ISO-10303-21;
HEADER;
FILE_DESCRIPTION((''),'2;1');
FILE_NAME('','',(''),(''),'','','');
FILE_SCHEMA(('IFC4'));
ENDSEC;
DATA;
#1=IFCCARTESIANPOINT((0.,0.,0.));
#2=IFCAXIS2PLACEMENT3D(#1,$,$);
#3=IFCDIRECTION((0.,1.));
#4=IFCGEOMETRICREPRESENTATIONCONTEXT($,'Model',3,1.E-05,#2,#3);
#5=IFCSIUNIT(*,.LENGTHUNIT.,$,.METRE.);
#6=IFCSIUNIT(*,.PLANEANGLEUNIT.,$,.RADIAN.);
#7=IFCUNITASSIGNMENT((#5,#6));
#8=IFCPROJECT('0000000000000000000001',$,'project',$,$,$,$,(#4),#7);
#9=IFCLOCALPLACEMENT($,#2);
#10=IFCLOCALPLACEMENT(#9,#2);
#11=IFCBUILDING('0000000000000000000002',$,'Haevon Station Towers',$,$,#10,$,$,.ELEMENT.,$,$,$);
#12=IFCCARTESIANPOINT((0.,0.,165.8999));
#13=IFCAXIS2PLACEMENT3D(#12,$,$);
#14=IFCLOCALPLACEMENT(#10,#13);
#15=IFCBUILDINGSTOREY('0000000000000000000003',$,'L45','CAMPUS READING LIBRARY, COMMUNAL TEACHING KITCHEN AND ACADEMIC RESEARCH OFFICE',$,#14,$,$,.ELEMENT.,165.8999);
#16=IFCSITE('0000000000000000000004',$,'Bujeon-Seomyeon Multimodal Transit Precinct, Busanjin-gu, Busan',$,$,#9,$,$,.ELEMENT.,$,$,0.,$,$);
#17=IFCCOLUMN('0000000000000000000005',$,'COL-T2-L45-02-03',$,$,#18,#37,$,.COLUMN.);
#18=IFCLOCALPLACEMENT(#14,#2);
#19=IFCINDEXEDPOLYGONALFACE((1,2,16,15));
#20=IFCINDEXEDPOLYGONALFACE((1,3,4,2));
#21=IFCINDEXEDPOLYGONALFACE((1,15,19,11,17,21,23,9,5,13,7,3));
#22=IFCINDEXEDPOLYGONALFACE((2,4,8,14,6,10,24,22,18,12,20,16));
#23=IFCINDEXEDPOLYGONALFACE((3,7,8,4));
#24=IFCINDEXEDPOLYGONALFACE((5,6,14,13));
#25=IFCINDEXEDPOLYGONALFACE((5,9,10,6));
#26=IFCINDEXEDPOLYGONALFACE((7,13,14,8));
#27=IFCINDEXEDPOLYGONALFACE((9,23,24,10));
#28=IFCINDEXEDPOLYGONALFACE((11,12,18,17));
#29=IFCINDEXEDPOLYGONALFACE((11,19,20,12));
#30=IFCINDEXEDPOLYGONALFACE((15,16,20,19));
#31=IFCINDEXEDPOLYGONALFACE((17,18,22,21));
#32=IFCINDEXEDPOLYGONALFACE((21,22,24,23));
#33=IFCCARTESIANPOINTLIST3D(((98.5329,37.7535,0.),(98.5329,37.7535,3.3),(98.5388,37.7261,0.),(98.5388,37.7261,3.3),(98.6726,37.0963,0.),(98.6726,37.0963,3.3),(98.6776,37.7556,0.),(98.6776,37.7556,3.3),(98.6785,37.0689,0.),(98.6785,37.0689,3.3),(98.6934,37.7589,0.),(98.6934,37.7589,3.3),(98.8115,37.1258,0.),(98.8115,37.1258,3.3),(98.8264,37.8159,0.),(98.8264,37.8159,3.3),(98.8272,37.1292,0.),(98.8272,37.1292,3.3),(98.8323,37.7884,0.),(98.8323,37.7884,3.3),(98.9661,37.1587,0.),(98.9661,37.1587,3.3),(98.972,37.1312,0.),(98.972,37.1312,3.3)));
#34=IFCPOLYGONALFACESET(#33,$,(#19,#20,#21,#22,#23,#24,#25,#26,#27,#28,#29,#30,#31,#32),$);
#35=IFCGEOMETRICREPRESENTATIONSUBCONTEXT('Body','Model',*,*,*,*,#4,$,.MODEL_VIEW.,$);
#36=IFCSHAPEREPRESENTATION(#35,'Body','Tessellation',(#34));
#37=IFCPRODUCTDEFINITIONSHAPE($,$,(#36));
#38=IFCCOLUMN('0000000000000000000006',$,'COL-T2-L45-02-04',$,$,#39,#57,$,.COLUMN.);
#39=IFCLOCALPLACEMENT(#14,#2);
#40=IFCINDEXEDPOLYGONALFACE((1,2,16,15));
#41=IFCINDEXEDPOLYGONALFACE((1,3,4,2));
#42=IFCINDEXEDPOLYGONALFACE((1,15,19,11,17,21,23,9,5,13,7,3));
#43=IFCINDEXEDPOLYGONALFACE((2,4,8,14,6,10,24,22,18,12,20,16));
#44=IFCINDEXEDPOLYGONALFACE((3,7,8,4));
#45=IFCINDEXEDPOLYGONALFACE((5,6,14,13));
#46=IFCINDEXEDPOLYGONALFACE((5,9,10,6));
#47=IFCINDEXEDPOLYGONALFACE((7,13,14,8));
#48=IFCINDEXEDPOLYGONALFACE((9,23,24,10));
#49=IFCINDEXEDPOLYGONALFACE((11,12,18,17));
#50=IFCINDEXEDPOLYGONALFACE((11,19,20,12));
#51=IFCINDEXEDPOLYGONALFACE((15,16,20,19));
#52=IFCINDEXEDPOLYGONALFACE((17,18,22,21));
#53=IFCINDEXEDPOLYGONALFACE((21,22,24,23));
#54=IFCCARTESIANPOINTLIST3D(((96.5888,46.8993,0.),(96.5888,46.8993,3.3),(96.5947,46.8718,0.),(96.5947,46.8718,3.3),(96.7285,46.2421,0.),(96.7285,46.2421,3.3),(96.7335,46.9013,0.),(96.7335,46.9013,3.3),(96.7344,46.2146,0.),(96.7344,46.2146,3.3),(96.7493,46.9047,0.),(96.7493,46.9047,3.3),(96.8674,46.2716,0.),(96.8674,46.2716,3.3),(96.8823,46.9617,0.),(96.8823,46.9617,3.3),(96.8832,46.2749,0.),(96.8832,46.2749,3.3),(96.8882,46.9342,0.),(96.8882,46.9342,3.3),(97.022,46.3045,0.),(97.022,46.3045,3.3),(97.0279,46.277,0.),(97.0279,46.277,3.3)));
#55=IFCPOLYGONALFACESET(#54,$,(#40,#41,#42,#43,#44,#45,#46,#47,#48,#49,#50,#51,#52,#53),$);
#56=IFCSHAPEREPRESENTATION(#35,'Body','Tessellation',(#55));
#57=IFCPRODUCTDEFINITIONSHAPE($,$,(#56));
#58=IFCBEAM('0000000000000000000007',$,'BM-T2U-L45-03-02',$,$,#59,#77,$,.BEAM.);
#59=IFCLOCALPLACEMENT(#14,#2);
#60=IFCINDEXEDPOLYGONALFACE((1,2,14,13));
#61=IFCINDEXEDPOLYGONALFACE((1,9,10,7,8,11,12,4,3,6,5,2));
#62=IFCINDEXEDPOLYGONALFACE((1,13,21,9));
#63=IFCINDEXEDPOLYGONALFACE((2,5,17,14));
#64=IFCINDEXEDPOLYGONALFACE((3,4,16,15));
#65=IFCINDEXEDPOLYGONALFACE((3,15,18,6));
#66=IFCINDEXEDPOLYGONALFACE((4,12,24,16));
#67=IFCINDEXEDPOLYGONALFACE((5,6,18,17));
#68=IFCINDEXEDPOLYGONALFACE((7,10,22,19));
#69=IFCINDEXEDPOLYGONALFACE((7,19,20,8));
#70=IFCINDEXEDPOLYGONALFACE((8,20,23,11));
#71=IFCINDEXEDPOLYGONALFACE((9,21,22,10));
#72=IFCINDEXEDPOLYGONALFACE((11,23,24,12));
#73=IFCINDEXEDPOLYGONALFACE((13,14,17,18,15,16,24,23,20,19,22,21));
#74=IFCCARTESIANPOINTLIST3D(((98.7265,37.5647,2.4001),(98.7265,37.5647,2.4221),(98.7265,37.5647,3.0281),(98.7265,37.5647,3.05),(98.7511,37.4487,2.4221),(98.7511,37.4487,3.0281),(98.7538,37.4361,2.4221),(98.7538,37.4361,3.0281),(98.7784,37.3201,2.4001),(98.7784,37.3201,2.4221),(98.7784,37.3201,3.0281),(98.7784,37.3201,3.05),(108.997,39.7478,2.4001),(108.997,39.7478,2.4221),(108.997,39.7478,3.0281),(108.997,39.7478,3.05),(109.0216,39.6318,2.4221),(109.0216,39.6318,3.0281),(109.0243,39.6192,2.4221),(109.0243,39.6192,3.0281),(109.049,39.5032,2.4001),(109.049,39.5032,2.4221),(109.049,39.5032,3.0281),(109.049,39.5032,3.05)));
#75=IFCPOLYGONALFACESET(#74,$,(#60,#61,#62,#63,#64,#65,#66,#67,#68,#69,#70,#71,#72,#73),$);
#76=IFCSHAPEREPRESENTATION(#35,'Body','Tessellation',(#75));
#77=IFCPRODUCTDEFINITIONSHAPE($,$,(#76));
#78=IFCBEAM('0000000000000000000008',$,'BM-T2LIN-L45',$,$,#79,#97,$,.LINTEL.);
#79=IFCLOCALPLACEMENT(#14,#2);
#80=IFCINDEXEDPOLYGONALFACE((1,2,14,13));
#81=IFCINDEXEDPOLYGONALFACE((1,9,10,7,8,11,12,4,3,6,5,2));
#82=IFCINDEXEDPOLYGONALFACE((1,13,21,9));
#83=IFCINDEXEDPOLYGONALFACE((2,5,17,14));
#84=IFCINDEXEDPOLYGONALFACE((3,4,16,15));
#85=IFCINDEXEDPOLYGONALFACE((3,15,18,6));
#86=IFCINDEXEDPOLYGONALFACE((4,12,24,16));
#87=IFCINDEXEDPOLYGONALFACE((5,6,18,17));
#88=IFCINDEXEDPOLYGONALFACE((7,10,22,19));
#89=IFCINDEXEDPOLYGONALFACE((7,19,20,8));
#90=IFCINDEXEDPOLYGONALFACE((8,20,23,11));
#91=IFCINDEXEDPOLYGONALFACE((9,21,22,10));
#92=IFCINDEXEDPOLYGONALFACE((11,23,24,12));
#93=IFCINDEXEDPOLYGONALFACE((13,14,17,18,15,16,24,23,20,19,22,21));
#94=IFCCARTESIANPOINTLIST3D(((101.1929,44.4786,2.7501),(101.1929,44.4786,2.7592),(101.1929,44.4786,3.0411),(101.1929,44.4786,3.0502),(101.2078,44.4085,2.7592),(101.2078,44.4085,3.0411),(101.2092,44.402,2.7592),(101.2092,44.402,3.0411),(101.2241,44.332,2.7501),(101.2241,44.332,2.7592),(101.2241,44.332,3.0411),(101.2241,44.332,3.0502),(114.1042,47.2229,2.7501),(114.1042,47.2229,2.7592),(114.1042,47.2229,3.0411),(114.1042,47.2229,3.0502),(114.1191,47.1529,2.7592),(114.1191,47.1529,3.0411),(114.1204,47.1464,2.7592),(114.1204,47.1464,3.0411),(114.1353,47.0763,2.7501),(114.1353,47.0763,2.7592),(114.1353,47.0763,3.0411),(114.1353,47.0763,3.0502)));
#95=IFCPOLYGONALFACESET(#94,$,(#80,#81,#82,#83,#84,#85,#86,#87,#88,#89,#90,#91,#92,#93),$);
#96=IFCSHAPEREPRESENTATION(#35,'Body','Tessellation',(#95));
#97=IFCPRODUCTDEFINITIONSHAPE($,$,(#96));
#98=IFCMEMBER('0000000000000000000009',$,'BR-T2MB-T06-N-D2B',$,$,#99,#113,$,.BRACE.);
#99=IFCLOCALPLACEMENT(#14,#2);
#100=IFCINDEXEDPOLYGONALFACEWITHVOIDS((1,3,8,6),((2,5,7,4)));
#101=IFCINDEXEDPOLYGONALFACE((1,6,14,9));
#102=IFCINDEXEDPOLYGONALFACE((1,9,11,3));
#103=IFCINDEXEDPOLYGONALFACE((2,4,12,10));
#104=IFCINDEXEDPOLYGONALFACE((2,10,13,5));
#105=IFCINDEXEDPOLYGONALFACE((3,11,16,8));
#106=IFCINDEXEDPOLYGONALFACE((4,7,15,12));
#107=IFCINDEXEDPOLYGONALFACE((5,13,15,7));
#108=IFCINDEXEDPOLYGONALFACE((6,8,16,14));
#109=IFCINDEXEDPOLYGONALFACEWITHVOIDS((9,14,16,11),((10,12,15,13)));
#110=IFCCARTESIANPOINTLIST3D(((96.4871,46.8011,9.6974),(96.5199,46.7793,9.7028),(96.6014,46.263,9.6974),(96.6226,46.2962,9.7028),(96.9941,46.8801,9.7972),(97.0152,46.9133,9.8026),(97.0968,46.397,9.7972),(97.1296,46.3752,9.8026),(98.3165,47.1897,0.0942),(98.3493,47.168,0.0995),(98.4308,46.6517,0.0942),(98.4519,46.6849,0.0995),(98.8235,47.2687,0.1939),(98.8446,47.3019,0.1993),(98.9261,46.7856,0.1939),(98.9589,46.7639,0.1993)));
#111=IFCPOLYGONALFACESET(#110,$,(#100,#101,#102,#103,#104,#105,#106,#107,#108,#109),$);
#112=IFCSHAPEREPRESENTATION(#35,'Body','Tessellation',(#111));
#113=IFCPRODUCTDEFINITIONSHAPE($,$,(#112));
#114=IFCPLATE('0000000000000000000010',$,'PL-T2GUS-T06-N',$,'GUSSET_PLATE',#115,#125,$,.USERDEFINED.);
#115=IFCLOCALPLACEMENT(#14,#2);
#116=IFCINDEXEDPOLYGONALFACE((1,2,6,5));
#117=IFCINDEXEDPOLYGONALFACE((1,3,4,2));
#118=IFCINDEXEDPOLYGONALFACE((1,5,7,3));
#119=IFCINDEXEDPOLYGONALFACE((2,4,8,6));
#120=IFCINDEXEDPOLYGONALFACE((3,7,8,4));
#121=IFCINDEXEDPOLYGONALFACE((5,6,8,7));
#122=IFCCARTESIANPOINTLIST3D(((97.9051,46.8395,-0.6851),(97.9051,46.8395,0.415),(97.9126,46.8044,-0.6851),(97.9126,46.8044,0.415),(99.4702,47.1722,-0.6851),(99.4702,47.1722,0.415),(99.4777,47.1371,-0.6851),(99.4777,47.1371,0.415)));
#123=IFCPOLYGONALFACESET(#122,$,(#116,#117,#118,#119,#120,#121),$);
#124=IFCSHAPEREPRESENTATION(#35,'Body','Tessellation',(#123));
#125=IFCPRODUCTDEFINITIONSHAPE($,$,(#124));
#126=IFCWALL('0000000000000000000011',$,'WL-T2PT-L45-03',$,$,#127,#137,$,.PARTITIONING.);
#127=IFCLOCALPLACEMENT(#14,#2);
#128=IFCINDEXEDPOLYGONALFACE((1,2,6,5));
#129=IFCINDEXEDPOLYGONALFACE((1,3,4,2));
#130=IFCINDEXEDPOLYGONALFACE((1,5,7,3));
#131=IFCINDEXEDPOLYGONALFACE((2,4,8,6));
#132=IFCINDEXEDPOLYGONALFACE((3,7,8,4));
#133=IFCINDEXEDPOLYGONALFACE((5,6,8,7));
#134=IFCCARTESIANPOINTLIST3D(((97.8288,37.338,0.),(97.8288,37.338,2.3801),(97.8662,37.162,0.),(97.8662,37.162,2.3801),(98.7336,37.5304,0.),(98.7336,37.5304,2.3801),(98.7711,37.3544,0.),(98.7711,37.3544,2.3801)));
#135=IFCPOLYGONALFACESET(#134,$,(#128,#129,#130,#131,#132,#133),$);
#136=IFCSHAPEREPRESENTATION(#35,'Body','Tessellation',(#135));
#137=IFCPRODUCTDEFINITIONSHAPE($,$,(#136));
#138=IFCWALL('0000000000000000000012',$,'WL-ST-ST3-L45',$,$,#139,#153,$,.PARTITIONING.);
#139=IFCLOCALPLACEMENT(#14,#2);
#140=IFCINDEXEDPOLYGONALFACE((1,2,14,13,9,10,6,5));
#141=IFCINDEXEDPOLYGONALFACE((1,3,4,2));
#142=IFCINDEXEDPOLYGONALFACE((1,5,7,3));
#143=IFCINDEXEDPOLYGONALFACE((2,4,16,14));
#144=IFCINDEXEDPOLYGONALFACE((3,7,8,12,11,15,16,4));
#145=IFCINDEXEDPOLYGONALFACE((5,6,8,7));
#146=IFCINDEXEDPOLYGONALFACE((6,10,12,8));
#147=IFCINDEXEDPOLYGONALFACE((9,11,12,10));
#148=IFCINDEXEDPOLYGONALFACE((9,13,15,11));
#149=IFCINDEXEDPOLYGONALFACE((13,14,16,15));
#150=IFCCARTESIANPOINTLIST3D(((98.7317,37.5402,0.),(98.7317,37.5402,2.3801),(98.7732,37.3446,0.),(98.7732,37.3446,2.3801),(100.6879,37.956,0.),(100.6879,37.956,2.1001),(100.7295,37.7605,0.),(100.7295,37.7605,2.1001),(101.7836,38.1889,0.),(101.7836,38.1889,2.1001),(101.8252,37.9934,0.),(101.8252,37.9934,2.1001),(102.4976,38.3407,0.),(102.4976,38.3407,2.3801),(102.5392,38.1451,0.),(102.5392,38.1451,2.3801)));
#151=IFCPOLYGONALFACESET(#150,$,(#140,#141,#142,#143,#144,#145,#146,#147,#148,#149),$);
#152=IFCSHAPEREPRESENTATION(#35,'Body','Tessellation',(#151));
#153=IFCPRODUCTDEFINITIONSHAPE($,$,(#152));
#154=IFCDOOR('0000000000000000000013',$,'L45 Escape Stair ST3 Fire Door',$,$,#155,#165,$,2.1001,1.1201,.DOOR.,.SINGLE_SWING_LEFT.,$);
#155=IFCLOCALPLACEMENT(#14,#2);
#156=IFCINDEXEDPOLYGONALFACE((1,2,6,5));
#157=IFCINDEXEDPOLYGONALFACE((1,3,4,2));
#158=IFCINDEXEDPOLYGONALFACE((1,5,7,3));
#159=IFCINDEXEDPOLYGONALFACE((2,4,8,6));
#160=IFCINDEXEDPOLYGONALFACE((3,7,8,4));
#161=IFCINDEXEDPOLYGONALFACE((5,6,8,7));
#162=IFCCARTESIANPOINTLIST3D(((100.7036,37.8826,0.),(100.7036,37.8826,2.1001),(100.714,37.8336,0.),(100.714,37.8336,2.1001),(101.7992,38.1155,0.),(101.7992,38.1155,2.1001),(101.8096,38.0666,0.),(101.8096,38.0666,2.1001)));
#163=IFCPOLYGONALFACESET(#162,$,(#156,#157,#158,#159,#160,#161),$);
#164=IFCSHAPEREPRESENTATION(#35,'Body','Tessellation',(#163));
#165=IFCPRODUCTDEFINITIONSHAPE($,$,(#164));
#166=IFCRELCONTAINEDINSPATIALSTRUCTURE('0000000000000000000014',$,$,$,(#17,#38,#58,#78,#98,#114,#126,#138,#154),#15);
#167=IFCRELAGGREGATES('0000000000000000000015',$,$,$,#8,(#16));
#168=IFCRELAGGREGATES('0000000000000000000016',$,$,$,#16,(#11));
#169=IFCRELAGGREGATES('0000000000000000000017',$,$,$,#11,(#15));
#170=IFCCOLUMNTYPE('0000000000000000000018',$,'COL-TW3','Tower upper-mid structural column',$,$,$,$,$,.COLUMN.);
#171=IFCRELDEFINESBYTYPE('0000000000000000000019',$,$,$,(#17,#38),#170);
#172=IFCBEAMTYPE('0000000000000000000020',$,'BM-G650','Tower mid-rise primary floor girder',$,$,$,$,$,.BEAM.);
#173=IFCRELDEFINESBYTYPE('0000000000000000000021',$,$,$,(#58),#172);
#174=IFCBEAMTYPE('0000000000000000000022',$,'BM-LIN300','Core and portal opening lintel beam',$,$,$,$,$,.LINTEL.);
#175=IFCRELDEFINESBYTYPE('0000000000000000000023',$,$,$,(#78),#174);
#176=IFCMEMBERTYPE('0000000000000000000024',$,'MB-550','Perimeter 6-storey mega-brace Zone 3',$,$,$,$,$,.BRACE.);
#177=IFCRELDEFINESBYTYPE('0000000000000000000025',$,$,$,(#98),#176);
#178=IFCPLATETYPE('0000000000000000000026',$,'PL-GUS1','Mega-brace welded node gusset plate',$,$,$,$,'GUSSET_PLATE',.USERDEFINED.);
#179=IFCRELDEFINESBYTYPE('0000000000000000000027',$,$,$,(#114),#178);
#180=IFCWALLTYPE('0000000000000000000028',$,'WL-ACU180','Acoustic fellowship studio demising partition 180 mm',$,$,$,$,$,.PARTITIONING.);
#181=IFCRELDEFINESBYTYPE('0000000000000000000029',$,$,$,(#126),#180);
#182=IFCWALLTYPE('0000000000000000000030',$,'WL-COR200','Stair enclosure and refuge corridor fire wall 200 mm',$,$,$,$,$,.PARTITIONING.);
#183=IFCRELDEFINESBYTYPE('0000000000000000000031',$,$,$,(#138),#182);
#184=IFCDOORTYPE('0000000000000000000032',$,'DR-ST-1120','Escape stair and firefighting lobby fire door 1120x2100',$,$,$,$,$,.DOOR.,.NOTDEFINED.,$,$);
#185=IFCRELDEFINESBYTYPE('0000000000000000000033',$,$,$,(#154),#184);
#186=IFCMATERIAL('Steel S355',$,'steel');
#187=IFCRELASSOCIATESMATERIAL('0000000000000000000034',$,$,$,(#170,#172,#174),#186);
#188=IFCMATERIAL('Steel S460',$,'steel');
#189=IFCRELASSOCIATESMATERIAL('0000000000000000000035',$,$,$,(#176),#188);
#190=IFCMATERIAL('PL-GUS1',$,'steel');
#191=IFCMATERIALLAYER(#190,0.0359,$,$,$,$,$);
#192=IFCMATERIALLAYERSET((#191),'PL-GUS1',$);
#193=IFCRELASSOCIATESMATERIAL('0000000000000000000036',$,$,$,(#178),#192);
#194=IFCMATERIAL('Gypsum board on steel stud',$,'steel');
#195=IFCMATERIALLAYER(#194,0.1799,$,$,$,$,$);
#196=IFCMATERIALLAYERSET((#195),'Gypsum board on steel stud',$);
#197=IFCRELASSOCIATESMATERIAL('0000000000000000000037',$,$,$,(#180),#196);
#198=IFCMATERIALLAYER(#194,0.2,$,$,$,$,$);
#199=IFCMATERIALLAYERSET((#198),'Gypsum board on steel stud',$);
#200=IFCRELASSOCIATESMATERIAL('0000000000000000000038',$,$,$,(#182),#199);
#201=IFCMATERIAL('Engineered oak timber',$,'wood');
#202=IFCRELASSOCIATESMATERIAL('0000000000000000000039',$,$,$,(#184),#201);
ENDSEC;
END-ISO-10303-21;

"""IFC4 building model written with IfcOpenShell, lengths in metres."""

from ifc_helpers import new_model, si_unit, direction, frame, frame_2d, origin, origin_2d, place, context, subcontext, project, spatial, rectangle, hollow_rectangle, i_section, extrude, material, layer, layer_set, material_profile, profile_set, type_object, element, fill, save


model = new_model("IFC4")

# Units and contexts
model_context = context("Model", 3, precision=1e-05, world=origin(), true_north=direction((0.0, 1.0)))
body_context = subcontext(model_context, "Body", "Model", "MODEL_VIEW")
ifc_project = project(units=[si_unit("LENGTHUNIT", "METRE"), si_unit("PLANEANGLEUNIT", "RADIAN")], contexts=[model_context])

# Site, building, storey
site_placement = place(None, origin())
site = spatial("IfcSite", under=ifc_project, at=site_placement, Name="Bujeon-Seomyeon Multimodal Transit Precinct, Busanjin-gu, Busan", CompositionType="ELEMENT", RefElevation=0.0)
building_placement = place(site_placement, origin())
building = spatial("IfcBuilding", under=site, at=building_placement, Name="Haevon Station Towers", CompositionType="ELEMENT")
storey_placement = place(building_placement, frame((0.0, 0.0, 165.8999)))
storey = spatial("IfcBuildingStorey", under=building, at=storey_placement, Name="L45", Description="CAMPUS READING LIBRARY, COMMUNAL TEACHING KITCHEN AND ACADEMIC RESEARCH OFFICE", CompositionType="ELEMENT", Elevation=165.8999)

# Columns
ifc_material_1 = material(Name="Steel S355", Category="steel")
ifc_material_profile_1 = material_profile(ifc_material_1, i_section(OverallWidth=0.3, OverallDepth=0.7, WebThickness=0.0161, FlangeThickness=0.0281, at=origin_2d()), Name="H-700x300x16x28")
ifc_profile_set_1 = profile_set([ifc_material_profile_1], Name="Steel S355")
column_type = type_object("IfcColumnType", Name="COL-TW3", Description="Tower upper-mid structural column", PredefinedType="COLUMN", material=ifc_profile_set_1)
for number, where, z_axis, x_axis, name in (
    (1, (98.7524, 37.4424, 0.0), (0.0, 0.0, 1.0), (0.978148, 0.207912, 0.0), "COL-T2-L45-02-03"),
    (2, (96.8083, 46.5881, 0.0), (0.0, 0.0, 1.0), (0.978148, 0.207912, 0.0), "COL-T2-L45-02-04"),
):
    element("IfcColumn", number, at=place(storey_placement, frame(where, z_axis=z_axis, x_axis=x_axis)), inside=storey, type_object=column_type, Name=name, PredefinedType="COLUMN", context=body_context, shape_type="SweptSolid", body=[
        extrude(i_section(OverallWidth=0.3, OverallDepth=0.7, WebThickness=0.0161, FlangeThickness=0.0281, at=origin_2d()), origin(), (0.0, 0.0, 1.0), 3.3),
    ])

# Beams
ifc_material_profile_2 = material_profile(ifc_material_1, i_section(OverallWidth=0.25, OverallDepth=0.6499, WebThickness=0.0129, FlangeThickness=0.022, at=origin_2d()), Name="H-650x250x13x22")
ifc_profile_set_2 = profile_set([ifc_material_profile_2], Name="Steel S355")
beam_type_1 = type_object("IfcBeamType", Name="BM-G650", Description="Tower mid-rise primary floor girder", PredefinedType="BEAM", material=ifc_profile_set_2)
beam_1_placement = place(storey_placement, frame((98.7524, 37.4424, 2.7251), z_axis=(0.978147, 0.207915, 0.0), x_axis=(-0.207915, 0.978147, 0.0)))
element("IfcBeam", 3, at=beam_1_placement, inside=storey, type_object=beam_type_1, Name="BM-T2U-L45-03-02", PredefinedType="BEAM", context=body_context, shape_type="SweptSolid", body=[
    extrude(i_section(OverallWidth=0.25, OverallDepth=0.6499, WebThickness=0.0129, FlangeThickness=0.022, at=origin_2d()), origin(), (0.0, 0.0, 1.0), 10.5),
])
ifc_material_profile_3 = material_profile(ifc_material_1, i_section(OverallWidth=0.1499, OverallDepth=0.3, WebThickness=0.0066, FlangeThickness=0.009, at=origin_2d()), Name="H-300x150x6.5x9")
ifc_profile_set_3 = profile_set([ifc_material_profile_3], Name="Steel S355")
beam_type_2 = type_object("IfcBeamType", Name="BM-LIN300", Description="Core and portal opening lintel beam", PredefinedType="LINTEL", material=ifc_profile_set_3)
beam_2_placement = place(storey_placement, frame((101.2085, 44.4053, 2.9001), z_axis=(0.978148, 0.207911, 0.0), x_axis=(-0.207911, 0.978148, 0.0)))
element("IfcBeam", 4, at=beam_2_placement, inside=storey, type_object=beam_type_2, Name="BM-T2LIN-L45", PredefinedType="LINTEL", context=body_context, shape_type="SweptSolid", body=[
    extrude(i_section(OverallWidth=0.1499, OverallDepth=0.3, WebThickness=0.0066, FlangeThickness=0.009, at=origin_2d()), origin(), (0.0, 0.0, 1.0), 13.1997),
])

# Member
ifc_material_2 = material(Name="Steel S460", Category="steel")
ifc_material_profile_4 = material_profile(ifc_material_2, hollow_rectangle(XDim=0.55, YDim=0.55, WallThickness=0.0281, at=origin_2d()), Name="RHS-550x550x28")
ifc_profile_set_4 = profile_set([ifc_material_profile_4], Name="Steel S460")
member_type = type_object("IfcMemberType", Name="MB-550", Description="Perimeter 6-storey mega-brace Zone 3", PredefinedType="BRACE", material=ifc_profile_set_4)
member_placement = place(storey_placement, frame((98.6377, 46.9768, 0.1467), z_axis=(-0.186979, -0.039727, 0.98156), x_axis=(0.207826, -0.978166, 0.0)))
element("IfcMember", 5, at=member_placement, inside=storey, type_object=member_type, Name="BR-T2MB-T06-N-D2B", PredefinedType="BRACE", context=body_context, shape_type="SweptSolid", body=[
    extrude(hollow_rectangle(XDim=0.55, YDim=0.55, WallThickness=0.0281, at=origin_2d()), origin(), (0.0, 0.0, 1.0), 9.7837),
])

# Plate
ifc_material_3 = material(Name="PL-GUS1", Category="steel")
ifc_layer_1 = layer(ifc_material_3, 0.0359)
ifc_layer_set_1 = layer_set([ifc_layer_1], Name="PL-GUS1")
plate_type = type_object("IfcPlateType", Name="PL-GUS1", Description="Mega-brace welded node gusset plate", ElementType="GUSSET_PLATE", PredefinedType="USERDEFINED", material=ifc_layer_set_1)
plate_placement = place(storey_placement, frame((98.6914, 46.9883, -0.6851), z_axis=(0.0, 0.0, 1.0), x_axis=(0.978148, 0.207912, 0.0)))
element("IfcPlate", 6, at=plate_placement, inside=storey, type_object=plate_type, Name="PL-T2GUS-T06-N", ObjectType="GUSSET_PLATE", PredefinedType="USERDEFINED", context=body_context, shape_type="SweptSolid", body=[
    extrude(rectangle(XDim=1.6001, YDim=0.0359, at=origin_2d()), origin(), (0.0, 0.0, 1.0), 1.1001),
])

# Wall
ifc_material_4 = material(Name="Gypsum board on steel stud", Category="steel")
ifc_layer_2 = layer(ifc_material_4, 0.1799)
ifc_layer_set_2 = layer_set([ifc_layer_2], Name="Gypsum board on steel stud")
wall_type_1 = type_object("IfcWallType", Name="WL-ACU180", Description="Acoustic fellowship studio demising partition 180 mm", PredefinedType="PARTITIONING", material=ifc_layer_set_2)
wall_1_placement = place(storey_placement, frame((97.8477, 37.25, 0.0), z_axis=(0.0, 0.0, 1.0), x_axis=(0.978133, 0.207979, 0.0)))
element("IfcWall", 7, at=wall_1_placement, inside=storey, type_object=wall_type_1, Name="WL-T2PT-L45-03", PredefinedType="PARTITIONING", context=body_context, shape_type="SweptSolid", body=[
    extrude(rectangle(XDim=0.925, YDim=0.1799, at=frame_2d((0.4624, 0.0))), origin(), (0.0, 0.0, 1.0), 2.3801),
])

# Wall, opening, door
ifc_layer_3 = layer(ifc_material_4, 0.2)
ifc_layer_set_3 = layer_set([ifc_layer_3], Name="Gypsum board on steel stud")
wall_type_2 = type_object("IfcWallType", Name="WL-COR200", Description="Stair enclosure and refuge corridor fire wall 200 mm", PredefinedType="PARTITIONING", material=ifc_layer_set_3)
wall_2_placement = place(storey_placement, frame((98.7524, 37.4424, 0.0), z_axis=(0.0, 0.0, 1.0), x_axis=(0.978144, 0.207931, 0.0)))
wall_2 = element("IfcWall", 8, at=wall_2_placement, inside=storey, type_object=wall_type_2, Name="WL-ST-ST3-L45", PredefinedType="PARTITIONING", context=body_context, shape_type="SweptSolid", body=[
    extrude(rectangle(XDim=3.8501, YDim=0.2, at=frame_2d((1.925, 0.0))), origin(), (0.0, 0.0, 1.0), 2.3801),
])
opening_1_placement = place(wall_2_placement, frame((2.0, 0.0, 0.0)))
opening_1 = element("IfcOpeningElement", 9, at=opening_1_placement, cuts=wall_2, PredefinedType="OPENING", context=body_context, shape_type="SweptSolid", body=[
    extrude(rectangle(XDim=1.1201, YDim=2.1001, at=frame_2d((0.5601, 1.05))), frame((0.0, 0.1099, 0.0), z_axis=(0.0, -1.0, 0.0), x_axis=(1.0, 0.0, 0.0)), (0.0, 0.0, 1.0), 0.22),
])
ifc_material_5 = material(Name="Engineered oak timber", Category="wood")
door_type_1 = type_object("IfcDoorType", Name="DR-ST-1120", Description="Escape stair and firefighting lobby fire door 1120x2100", OperationType="NOTDEFINED", PredefinedType="DOOR", material=ifc_material_5)
door_1_placement = place(opening_1_placement, origin())
door_1 = element("IfcDoor", 10, at=door_1_placement, inside=storey, type_object=door_type_1, Name="L45 Escape Stair ST3 Fire Door", OperationType="SINGLE_SWING_LEFT", OverallHeight=2.1001, OverallWidth=1.1201, PredefinedType="DOOR", context=body_context, shape_type="SweptSolid", body=[
    extrude(rectangle(XDim=1.1201, YDim=2.1001, at=frame_2d((0.5601, 1.05))), frame((0.0, 0.0249, 0.0), z_axis=(0.0, -1.0, 0.0), x_axis=(1.0, 0.0, 0.0)), (0.0, 0.0, 1.0), 0.05),
])
fill(opening_1, door_1)

save(model, "model.ifc")
